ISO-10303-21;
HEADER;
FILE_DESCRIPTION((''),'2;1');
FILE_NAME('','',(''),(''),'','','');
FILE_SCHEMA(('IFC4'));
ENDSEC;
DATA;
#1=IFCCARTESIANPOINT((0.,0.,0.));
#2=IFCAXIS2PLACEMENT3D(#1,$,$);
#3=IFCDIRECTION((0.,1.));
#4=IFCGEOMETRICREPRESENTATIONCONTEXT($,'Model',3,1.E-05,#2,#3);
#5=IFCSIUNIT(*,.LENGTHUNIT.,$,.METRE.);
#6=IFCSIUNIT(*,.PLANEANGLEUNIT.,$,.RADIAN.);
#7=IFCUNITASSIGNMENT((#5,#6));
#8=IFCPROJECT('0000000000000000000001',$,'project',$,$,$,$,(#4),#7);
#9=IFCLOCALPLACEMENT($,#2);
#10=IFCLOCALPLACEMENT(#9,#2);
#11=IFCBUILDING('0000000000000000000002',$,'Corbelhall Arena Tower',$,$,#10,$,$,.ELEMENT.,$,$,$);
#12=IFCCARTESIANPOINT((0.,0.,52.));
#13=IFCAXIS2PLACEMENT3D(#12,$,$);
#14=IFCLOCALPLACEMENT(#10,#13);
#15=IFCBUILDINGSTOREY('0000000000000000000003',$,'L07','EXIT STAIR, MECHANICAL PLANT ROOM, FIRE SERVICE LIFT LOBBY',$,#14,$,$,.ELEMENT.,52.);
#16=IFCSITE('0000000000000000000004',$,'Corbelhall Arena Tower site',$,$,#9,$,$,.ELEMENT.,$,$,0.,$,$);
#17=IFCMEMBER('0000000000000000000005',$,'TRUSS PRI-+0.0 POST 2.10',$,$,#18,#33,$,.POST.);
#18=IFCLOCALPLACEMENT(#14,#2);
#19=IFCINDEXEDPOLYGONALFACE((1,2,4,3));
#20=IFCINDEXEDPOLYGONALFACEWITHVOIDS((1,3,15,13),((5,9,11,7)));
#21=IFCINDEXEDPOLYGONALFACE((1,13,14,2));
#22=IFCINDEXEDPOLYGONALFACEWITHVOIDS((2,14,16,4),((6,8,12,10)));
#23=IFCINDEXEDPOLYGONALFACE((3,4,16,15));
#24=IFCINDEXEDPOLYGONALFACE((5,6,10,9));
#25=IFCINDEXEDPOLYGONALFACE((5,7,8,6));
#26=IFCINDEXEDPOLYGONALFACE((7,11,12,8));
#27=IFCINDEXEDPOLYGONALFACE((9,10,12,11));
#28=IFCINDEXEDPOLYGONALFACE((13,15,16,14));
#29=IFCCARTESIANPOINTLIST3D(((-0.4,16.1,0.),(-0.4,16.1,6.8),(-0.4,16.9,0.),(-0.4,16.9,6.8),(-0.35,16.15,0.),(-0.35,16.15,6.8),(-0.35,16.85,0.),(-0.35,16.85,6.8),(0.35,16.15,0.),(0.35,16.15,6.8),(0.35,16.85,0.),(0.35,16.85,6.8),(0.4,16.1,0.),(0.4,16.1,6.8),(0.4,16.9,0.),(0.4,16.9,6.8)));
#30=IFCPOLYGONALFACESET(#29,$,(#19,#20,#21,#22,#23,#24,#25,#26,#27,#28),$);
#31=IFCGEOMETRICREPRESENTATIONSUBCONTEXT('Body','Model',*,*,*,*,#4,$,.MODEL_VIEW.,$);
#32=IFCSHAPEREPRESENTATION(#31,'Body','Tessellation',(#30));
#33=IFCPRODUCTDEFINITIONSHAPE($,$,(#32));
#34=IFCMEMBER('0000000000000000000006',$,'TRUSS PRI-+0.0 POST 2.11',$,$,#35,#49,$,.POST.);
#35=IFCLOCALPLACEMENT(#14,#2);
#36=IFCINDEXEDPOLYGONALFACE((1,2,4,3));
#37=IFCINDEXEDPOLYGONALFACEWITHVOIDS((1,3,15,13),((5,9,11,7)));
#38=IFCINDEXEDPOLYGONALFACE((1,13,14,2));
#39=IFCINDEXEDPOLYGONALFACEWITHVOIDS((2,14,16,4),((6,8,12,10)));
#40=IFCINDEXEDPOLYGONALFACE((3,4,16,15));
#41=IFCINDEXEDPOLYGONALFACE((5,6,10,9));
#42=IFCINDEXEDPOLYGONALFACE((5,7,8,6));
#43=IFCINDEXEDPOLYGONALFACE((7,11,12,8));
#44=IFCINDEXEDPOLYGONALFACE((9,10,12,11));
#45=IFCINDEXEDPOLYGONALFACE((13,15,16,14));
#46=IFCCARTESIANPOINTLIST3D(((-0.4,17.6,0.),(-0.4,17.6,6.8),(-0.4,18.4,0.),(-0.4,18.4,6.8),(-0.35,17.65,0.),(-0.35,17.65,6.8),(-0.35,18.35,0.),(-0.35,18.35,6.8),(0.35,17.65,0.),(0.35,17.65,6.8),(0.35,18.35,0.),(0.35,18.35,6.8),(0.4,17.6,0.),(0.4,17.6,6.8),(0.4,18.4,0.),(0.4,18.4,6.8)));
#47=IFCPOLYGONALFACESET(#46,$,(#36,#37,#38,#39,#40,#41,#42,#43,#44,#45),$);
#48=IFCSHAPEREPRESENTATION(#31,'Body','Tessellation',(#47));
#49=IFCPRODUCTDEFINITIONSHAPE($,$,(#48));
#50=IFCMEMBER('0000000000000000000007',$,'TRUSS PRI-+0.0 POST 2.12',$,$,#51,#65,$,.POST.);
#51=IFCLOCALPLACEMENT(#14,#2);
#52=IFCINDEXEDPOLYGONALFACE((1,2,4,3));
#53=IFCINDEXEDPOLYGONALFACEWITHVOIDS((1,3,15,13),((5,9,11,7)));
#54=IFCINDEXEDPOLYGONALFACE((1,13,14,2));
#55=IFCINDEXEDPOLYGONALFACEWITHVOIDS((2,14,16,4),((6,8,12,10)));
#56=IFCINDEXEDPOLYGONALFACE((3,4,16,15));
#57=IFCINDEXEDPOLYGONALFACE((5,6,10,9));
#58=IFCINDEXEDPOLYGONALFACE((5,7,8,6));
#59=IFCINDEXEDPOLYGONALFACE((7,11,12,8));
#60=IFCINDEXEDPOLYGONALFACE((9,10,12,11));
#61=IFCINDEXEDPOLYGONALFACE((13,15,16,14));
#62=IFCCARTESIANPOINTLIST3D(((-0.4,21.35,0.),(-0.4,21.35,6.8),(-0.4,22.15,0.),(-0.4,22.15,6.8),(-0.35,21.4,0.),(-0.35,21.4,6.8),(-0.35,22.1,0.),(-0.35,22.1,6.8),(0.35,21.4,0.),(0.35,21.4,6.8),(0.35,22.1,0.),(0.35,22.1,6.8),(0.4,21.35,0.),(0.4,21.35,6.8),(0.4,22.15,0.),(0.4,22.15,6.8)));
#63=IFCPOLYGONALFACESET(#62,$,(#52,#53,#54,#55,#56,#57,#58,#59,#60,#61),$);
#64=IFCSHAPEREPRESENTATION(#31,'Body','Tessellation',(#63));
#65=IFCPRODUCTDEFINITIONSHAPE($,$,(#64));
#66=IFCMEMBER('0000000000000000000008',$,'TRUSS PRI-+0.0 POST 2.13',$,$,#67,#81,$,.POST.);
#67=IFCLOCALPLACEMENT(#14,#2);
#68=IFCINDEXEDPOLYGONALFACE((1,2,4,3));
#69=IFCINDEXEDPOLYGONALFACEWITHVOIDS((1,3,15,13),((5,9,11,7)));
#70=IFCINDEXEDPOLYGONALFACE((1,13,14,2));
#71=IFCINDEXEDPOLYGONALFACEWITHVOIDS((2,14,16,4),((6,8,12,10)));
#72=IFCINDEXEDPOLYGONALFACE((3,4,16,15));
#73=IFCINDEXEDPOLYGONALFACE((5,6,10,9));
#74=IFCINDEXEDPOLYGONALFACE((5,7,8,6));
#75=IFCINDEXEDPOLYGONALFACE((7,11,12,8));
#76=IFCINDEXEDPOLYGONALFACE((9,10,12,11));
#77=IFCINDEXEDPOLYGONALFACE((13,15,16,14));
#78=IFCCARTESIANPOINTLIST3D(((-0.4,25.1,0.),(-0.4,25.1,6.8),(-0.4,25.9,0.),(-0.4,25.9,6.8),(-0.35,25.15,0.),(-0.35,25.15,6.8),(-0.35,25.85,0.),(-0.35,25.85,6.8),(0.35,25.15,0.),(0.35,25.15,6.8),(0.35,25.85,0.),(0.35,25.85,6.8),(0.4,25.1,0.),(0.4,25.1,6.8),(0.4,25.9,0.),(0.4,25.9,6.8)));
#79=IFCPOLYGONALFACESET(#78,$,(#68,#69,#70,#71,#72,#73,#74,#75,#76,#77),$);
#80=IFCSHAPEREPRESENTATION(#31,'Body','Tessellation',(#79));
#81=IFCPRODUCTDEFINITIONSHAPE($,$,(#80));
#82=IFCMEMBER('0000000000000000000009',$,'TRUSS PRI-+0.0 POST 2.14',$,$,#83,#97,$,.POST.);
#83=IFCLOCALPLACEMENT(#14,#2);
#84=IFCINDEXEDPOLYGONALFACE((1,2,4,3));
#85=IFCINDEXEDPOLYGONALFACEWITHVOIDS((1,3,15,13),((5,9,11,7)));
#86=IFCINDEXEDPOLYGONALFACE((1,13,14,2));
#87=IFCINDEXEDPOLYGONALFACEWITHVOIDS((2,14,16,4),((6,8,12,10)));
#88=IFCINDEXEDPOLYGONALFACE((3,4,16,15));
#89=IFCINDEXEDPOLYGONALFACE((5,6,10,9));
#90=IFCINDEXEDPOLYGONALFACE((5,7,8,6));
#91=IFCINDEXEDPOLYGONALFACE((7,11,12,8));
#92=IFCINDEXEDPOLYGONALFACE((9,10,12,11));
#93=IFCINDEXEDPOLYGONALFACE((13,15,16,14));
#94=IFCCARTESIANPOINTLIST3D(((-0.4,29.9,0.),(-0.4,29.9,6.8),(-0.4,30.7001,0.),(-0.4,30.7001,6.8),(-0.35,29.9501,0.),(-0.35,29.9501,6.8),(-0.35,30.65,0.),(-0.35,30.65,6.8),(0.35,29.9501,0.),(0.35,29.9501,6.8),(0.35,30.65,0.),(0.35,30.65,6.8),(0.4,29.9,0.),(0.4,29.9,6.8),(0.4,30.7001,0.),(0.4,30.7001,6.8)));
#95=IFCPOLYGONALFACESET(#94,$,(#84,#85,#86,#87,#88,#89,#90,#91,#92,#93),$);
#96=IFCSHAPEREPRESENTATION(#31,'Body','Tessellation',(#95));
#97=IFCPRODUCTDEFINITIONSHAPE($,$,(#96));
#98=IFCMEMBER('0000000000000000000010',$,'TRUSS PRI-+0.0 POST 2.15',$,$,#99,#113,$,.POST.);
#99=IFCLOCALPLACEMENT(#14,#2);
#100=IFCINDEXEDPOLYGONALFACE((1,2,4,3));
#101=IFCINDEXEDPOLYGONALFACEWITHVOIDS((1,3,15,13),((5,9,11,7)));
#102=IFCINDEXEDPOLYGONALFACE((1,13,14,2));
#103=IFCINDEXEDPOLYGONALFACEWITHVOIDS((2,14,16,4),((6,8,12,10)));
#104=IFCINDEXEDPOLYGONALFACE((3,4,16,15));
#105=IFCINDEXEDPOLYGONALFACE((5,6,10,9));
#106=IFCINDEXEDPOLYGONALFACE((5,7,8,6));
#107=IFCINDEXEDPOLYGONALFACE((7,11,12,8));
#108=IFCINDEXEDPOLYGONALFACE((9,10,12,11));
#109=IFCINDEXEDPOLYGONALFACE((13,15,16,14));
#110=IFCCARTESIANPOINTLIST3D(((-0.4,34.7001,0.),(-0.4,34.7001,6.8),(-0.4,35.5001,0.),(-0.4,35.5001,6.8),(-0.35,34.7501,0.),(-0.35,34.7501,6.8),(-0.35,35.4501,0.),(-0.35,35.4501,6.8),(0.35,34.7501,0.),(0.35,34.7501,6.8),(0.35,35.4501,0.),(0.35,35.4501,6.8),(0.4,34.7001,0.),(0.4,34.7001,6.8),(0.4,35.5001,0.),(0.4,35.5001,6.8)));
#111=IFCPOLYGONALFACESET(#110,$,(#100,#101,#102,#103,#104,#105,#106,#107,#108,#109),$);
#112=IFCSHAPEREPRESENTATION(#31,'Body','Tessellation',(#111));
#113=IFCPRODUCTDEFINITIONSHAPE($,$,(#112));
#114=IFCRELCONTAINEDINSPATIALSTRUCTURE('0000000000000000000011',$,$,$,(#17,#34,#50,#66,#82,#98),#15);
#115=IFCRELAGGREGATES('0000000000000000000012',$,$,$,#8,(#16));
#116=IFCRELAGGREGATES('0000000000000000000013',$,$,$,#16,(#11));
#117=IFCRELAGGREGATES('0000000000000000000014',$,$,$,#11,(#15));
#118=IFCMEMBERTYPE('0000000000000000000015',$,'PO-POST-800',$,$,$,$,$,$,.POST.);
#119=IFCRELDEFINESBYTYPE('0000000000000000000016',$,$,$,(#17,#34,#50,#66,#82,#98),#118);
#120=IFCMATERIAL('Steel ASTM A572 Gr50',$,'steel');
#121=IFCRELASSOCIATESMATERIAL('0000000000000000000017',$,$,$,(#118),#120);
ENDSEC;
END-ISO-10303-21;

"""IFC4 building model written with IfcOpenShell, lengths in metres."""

from ifc_helpers import new_model, si_unit, direction, frame, origin, origin_2d, place, context, subcontext, project, spatial, hollow_rectangle, extrude, material, material_profile, profile_set, type_object, element, save


model = new_model("IFC4")

# Units and contexts
model_context = context("Model", 3, precision=1e-05, world=origin(), true_north=direction((0.0, 1.0)))
body_context = subcontext(model_context, "Body", "Model", "MODEL_VIEW")
ifc_project = project(units=[si_unit("LENGTHUNIT", "METRE"), si_unit("PLANEANGLEUNIT", "RADIAN")], contexts=[model_context])

# Site, building, storey
site_placement = place(None, origin())
site = spatial("IfcSite", under=ifc_project, at=site_placement, Name="Corbelhall Arena Tower site", CompositionType="ELEMENT", RefElevation=0.0)
building_placement = place(site_placement, origin())
building = spatial("IfcBuilding", under=site, at=building_placement, Name="Corbelhall Arena Tower", CompositionType="ELEMENT")
storey_placement = place(building_placement, frame((0.0, 0.0, 52.0)))
storey = spatial("IfcBuildingStorey", under=building, at=storey_placement, Name="L07", Description="EXIT STAIR, MECHANICAL PLANT ROOM, FIRE SERVICE LIFT LOBBY", CompositionType="ELEMENT", Elevation=52.0)

# Members
ifc_material_1 = material(Name="Steel ASTM A572 Gr50", Category="steel")
ifc_material_profile_1 = material_profile(ifc_material_1, hollow_rectangle(XDim=0.8, YDim=0.8, WallThickness=0.05, at=origin_2d()))
ifc_profile_set_1 = profile_set([ifc_material_profile_1], Name="Steel ASTM A572 Gr50")
member_type_1 = type_object("IfcMemberType", Name="PO-POST-800", PredefinedType="POST", material=ifc_profile_set_1)
for number, where, z_axis, x_axis, name in (
    (1, (0.0, 16.5, 0.0), (0.0, 0.0, 1.0), (1.0, 0.0, 0.0), "TRUSS PRI-+0.0 POST 2.10"),
    (2, (0.0, 18.0, 0.0), (0.0, 0.0, 1.0), (1.0, 0.0, 0.0), "TRUSS PRI-+0.0 POST 2.11"),
    (3, (0.0, 21.75, 0.0), (0.0, 0.0, 1.0), (1.0, 0.0, 0.0), "TRUSS PRI-+0.0 POST 2.12"),
    (4, (0.0, 25.5, 0.0), (0.0, 0.0, 1.0), (1.0, 0.0, 0.0), "TRUSS PRI-+0.0 POST 2.13"),
    (5, (0.0, 30.3, 0.0), (0.0, 0.0, 1.0), (1.0, 0.0, 0.0), "TRUSS PRI-+0.0 POST 2.14"),
    (6, (0.0, 35.1001, 0.0), (0.0, 0.0, 1.0), (1.0, 0.0, 0.0), "TRUSS PRI-+0.0 POST 2.15"),
):
    element("IfcMember", number, at=place(storey_placement, frame(where, z_axis=z_axis, x_axis=x_axis)), inside=storey, type_object=member_type_1, Name=name, PredefinedType="POST", context=body_context, shape_type="SweptSolid", body=[
        extrude(hollow_rectangle(XDim=0.8, YDim=0.8, WallThickness=0.05, at=origin_2d()), origin(), (0.0, 0.0, 1.0), 6.8),
    ])

save(model, "model.ifc")
